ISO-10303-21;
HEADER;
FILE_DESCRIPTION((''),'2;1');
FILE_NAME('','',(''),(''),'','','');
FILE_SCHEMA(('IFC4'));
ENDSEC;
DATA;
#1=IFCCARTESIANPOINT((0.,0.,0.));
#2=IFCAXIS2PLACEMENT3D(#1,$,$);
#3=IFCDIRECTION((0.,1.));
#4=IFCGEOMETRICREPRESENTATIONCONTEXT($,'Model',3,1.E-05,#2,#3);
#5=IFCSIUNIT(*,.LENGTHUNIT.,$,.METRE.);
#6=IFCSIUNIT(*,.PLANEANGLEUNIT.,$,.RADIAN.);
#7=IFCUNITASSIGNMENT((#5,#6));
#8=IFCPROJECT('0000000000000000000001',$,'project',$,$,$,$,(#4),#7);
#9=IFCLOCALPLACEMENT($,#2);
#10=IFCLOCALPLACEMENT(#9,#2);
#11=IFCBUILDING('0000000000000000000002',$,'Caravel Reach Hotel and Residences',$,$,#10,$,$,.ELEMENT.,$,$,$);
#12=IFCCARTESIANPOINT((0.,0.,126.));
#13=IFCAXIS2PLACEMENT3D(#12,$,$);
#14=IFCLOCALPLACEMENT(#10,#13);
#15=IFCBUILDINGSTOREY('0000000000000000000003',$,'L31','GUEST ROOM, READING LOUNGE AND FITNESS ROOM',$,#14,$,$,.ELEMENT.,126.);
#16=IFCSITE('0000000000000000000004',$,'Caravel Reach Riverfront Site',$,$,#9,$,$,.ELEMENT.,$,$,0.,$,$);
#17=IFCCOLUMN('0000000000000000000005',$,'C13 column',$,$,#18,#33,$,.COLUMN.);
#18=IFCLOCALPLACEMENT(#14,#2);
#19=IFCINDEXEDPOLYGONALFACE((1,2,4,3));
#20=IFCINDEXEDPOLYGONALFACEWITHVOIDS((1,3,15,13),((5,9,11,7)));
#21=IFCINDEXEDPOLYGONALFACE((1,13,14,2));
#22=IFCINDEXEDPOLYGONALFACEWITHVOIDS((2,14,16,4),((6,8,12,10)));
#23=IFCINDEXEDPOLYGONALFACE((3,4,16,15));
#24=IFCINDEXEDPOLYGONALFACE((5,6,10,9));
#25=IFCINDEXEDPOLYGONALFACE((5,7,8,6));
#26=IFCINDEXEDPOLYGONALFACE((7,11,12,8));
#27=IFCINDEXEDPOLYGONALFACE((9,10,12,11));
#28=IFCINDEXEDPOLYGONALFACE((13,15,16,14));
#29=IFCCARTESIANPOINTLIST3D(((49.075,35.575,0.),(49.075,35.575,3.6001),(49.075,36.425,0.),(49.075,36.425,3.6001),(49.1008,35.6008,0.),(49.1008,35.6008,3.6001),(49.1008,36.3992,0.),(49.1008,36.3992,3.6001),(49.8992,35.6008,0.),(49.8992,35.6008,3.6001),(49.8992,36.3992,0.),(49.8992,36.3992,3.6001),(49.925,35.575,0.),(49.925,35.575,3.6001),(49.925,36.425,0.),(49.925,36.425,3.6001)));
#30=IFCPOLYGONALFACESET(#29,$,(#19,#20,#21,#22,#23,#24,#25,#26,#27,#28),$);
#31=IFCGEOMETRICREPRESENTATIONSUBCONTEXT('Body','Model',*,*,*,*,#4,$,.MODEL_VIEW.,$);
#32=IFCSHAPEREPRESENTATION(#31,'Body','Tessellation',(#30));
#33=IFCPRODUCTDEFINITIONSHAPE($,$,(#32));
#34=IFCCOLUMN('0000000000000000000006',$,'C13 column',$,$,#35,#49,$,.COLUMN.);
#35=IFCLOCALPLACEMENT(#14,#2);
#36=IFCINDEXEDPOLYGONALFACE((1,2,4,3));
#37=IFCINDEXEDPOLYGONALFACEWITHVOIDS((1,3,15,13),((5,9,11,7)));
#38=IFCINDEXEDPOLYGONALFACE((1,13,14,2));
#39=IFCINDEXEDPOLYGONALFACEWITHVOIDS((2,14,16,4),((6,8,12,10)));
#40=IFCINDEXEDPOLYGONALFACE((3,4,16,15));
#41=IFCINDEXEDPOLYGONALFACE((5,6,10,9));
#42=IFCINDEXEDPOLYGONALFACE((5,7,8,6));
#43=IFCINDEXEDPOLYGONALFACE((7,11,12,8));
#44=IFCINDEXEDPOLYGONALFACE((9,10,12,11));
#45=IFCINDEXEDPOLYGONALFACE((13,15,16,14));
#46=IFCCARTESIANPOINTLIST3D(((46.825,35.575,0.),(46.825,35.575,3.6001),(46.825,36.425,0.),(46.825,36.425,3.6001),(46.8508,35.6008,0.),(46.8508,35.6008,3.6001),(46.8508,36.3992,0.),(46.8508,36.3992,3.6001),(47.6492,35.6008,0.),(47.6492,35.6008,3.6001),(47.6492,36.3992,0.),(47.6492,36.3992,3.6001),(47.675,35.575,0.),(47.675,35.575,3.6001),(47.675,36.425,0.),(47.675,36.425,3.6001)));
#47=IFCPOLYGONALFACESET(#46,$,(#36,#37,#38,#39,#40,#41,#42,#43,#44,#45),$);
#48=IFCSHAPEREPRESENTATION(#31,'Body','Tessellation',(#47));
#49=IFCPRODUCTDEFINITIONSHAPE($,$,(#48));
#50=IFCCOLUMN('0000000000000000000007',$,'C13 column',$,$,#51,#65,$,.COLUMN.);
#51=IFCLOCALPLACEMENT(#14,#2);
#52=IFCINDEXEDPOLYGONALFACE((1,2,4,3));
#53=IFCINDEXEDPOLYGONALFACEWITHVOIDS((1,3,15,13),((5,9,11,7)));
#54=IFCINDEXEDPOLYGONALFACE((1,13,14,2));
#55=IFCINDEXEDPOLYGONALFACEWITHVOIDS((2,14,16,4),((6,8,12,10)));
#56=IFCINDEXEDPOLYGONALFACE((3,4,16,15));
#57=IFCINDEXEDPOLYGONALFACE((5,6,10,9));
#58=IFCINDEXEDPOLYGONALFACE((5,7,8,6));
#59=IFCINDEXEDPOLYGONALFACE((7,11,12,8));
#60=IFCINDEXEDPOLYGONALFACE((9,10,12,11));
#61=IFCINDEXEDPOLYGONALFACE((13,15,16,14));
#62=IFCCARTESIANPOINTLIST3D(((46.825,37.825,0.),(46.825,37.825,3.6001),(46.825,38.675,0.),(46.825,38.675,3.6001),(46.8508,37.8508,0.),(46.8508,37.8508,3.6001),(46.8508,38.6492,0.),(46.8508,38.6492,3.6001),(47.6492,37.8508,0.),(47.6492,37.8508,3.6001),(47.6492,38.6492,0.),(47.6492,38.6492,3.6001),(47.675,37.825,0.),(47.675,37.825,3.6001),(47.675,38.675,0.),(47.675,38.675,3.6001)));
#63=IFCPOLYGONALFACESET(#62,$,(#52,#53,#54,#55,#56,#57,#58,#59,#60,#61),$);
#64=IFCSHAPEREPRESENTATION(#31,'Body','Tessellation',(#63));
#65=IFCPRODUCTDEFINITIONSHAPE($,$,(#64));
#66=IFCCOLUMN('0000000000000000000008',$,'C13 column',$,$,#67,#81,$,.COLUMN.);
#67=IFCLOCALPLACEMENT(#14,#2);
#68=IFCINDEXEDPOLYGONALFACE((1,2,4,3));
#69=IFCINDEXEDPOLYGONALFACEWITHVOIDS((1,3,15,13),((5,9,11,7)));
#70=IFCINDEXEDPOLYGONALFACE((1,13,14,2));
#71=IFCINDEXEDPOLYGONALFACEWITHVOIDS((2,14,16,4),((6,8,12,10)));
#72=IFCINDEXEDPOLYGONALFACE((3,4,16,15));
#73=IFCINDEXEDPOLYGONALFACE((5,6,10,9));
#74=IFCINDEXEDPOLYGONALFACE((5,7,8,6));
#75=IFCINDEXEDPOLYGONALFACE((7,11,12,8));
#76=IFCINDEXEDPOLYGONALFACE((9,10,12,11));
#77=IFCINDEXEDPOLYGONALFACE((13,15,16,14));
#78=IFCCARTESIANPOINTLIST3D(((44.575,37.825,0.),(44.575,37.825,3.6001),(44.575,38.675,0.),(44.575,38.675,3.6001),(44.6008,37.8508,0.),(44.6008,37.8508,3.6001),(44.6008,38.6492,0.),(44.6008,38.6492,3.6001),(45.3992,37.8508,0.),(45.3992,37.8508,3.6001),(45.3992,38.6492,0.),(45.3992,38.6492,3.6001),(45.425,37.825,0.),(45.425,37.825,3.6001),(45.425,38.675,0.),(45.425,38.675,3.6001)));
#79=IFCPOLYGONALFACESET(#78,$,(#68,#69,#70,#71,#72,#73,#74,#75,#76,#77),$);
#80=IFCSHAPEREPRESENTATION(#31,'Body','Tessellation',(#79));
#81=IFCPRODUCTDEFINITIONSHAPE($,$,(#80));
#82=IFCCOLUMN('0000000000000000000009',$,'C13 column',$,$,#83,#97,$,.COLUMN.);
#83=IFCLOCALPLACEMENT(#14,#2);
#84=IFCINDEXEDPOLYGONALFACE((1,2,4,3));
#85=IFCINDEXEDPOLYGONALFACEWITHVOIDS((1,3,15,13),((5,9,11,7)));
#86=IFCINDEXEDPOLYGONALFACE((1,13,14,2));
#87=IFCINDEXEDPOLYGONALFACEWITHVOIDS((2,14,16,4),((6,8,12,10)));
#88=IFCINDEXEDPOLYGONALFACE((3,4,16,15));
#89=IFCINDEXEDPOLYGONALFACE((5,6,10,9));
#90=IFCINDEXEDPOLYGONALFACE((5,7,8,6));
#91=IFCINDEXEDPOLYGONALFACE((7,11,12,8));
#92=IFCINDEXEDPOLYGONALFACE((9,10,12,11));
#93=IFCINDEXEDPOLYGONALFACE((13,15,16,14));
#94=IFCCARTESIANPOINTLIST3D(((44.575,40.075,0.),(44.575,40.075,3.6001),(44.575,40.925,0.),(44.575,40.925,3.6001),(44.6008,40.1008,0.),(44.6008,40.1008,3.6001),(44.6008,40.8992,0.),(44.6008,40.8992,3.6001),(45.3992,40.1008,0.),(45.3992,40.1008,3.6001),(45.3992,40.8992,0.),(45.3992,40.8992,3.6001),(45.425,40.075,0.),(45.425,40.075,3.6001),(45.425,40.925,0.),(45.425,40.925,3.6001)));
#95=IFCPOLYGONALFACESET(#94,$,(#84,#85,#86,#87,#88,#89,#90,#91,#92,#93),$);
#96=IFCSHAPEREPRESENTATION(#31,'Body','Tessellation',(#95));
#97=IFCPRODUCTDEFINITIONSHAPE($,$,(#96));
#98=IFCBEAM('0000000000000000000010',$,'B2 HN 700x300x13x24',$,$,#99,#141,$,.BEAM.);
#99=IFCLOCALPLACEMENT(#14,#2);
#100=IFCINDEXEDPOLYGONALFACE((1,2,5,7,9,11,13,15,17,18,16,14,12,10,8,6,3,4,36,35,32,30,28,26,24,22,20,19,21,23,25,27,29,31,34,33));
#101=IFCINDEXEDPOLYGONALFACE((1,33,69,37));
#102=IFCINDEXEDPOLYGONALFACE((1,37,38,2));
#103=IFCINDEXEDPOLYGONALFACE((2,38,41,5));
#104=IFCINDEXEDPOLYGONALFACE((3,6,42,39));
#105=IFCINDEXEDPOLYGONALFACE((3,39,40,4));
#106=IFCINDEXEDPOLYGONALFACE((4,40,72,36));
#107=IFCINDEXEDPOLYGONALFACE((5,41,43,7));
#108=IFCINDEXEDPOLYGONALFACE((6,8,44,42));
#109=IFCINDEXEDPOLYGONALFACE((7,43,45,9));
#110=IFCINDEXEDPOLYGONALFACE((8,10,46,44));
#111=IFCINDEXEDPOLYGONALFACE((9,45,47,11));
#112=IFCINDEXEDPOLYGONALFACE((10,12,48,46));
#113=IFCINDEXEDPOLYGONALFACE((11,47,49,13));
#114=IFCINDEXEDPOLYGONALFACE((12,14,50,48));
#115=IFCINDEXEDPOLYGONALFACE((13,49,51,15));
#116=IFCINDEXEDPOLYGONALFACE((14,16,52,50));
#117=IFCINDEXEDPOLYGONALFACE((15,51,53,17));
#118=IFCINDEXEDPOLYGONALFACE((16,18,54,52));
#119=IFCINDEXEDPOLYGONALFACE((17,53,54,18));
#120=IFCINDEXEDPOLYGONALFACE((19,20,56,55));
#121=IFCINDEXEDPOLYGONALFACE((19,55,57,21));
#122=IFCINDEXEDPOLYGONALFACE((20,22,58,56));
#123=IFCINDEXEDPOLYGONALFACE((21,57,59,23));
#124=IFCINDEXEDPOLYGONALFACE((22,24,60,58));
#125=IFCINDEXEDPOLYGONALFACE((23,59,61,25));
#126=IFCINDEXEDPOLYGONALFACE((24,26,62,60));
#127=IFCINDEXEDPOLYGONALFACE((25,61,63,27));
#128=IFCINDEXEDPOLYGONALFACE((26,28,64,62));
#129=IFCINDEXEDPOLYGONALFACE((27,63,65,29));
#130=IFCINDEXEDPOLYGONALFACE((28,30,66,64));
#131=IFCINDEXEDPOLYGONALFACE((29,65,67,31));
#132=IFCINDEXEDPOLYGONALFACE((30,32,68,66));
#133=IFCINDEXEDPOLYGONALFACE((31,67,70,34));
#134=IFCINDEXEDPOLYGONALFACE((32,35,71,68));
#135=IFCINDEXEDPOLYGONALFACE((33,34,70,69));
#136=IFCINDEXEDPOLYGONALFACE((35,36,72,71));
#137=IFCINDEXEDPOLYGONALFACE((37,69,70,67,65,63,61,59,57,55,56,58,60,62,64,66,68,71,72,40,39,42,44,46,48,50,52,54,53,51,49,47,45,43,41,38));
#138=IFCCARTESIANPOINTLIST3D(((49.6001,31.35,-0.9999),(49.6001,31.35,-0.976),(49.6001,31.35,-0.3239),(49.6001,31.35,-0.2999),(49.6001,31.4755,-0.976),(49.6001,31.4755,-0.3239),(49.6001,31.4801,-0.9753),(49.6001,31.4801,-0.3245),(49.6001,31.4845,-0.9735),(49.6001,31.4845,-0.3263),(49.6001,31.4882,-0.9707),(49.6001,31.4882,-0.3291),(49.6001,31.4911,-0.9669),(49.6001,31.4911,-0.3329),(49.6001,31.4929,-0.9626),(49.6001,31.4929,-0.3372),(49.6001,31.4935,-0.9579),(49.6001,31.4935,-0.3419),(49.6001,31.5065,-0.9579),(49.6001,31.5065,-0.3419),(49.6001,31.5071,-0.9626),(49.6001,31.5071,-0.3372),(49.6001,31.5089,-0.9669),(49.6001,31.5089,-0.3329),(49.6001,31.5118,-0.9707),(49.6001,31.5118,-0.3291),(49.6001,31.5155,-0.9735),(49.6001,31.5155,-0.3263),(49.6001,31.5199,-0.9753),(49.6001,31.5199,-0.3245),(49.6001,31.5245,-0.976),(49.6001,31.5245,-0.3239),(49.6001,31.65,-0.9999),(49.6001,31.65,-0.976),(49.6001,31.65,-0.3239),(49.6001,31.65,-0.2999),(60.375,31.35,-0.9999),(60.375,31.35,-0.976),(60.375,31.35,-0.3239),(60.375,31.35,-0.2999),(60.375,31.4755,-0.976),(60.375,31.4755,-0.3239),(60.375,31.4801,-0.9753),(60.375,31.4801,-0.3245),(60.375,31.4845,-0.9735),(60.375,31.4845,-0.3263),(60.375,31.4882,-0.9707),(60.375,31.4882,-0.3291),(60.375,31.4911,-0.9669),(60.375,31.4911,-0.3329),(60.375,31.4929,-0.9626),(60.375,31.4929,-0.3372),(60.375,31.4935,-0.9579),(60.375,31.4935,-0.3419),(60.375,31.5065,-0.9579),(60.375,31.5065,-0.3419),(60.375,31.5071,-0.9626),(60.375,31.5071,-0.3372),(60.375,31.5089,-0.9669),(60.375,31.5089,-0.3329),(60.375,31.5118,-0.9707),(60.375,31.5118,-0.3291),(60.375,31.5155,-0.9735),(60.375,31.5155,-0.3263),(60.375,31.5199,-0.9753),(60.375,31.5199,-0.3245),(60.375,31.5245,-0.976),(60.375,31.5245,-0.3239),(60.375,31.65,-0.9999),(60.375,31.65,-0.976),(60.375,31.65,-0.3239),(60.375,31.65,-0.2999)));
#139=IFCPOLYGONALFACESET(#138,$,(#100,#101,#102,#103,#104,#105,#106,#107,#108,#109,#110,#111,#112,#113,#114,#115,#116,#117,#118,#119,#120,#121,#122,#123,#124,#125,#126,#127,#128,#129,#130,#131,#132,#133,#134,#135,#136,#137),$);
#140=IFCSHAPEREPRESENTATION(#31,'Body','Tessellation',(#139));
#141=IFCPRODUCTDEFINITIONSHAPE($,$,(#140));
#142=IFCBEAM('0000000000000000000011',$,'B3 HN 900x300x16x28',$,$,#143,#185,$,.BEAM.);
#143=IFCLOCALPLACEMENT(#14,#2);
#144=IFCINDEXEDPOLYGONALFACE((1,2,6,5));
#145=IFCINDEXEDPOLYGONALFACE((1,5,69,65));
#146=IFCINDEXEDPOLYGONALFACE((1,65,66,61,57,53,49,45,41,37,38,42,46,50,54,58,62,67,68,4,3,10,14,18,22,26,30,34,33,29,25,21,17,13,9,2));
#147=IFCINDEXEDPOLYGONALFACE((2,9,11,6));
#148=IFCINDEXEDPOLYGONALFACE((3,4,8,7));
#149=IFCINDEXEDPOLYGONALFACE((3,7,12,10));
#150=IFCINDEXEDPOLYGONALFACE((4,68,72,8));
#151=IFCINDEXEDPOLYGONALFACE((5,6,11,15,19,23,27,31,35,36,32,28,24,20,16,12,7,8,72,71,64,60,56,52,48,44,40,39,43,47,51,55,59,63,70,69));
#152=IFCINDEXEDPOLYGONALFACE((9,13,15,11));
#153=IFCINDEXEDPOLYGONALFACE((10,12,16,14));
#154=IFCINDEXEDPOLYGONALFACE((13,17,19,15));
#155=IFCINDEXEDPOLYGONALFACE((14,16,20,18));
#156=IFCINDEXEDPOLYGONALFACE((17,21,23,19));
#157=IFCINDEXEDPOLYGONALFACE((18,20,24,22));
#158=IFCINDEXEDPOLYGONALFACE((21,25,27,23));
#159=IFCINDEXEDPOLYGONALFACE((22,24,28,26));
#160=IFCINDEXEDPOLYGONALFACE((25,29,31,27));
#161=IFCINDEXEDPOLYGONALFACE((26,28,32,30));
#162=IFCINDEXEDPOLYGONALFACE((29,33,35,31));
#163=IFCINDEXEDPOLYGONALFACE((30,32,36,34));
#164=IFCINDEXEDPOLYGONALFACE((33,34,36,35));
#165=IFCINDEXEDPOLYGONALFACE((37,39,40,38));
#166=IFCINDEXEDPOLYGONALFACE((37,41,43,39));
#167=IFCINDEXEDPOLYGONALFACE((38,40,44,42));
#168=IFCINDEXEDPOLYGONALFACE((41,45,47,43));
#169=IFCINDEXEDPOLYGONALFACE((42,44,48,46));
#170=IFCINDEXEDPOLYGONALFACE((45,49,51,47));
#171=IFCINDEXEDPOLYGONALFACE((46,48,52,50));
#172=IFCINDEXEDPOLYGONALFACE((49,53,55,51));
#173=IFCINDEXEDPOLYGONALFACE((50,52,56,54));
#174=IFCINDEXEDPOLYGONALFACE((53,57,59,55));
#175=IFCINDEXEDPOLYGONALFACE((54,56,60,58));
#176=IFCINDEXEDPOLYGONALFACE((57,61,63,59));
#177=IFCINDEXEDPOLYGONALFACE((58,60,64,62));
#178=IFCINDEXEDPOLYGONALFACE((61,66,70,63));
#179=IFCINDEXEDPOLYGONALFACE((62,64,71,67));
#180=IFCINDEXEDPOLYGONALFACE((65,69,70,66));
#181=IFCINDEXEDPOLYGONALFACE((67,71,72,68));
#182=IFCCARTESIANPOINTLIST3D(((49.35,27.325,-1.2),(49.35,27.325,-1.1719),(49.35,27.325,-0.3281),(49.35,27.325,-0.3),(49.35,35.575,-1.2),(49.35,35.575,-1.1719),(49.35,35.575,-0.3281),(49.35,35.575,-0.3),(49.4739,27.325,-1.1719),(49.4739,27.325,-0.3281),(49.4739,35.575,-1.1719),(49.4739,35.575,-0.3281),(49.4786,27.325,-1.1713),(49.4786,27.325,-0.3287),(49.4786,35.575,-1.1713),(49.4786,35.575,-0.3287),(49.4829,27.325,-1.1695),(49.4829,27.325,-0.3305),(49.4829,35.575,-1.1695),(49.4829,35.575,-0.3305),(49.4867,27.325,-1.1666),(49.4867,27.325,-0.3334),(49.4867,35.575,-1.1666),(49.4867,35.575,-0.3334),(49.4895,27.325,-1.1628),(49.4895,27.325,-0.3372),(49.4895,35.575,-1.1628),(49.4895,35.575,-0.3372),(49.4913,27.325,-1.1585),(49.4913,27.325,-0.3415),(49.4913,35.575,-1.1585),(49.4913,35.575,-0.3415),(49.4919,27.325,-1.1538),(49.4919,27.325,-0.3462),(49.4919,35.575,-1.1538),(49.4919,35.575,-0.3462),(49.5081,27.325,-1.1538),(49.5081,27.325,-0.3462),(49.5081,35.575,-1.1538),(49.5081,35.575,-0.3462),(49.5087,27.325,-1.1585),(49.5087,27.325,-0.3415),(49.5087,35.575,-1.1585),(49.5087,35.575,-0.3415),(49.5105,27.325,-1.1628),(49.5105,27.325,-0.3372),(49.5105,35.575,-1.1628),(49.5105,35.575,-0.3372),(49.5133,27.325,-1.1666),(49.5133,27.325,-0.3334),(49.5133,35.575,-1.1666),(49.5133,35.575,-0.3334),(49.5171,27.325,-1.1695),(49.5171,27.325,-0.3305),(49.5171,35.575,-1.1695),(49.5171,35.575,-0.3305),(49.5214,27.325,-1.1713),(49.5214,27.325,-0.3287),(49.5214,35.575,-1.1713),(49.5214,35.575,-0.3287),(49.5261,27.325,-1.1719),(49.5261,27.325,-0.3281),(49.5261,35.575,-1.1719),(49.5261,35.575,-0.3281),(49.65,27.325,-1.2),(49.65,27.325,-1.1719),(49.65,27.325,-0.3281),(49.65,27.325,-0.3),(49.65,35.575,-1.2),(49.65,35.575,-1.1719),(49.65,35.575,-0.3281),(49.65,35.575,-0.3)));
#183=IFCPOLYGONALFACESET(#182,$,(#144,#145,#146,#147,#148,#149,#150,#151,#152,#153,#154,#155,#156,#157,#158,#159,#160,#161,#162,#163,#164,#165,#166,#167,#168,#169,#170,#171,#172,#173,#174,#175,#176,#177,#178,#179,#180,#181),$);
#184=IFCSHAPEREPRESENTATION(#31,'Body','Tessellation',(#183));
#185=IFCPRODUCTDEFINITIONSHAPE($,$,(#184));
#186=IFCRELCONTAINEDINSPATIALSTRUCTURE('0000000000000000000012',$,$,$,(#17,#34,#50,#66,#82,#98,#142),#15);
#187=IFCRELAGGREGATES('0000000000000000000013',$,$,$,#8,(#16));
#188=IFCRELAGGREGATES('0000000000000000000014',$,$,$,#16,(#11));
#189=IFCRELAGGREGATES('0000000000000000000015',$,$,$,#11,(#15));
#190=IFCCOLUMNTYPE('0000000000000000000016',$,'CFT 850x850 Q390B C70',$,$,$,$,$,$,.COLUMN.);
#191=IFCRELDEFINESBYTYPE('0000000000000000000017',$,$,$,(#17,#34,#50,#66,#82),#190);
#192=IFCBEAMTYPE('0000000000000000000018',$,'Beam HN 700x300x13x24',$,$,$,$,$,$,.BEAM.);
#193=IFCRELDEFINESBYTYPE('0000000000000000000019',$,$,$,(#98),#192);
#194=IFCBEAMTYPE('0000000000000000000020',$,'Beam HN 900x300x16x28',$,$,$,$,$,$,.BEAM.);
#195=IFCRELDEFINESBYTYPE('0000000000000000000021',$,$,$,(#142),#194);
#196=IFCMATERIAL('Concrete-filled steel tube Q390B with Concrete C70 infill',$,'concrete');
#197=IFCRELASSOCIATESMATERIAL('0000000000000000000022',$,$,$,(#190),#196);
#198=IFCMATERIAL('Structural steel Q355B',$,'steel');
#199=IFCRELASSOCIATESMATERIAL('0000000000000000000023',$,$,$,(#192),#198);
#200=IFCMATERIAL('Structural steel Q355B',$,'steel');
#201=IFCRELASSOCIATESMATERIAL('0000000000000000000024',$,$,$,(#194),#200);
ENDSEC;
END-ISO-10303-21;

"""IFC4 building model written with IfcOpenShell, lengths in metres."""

from ifc_helpers import new_model, si_unit, direction, frame, origin, origin_2d, place, context, subcontext, project, spatial, hollow_rectangle, i_section, extrude, material, material_profile, profile_set, type_object, element, save


model = new_model("IFC4")

# Units and contexts
model_context = context("Model", 3, precision=1e-05, world=origin(), true_north=direction((0.0, 1.0)))
body_context = subcontext(model_context, "Body", "Model", "MODEL_VIEW")
ifc_project = project(units=[si_unit("LENGTHUNIT", "METRE"), si_unit("PLANEANGLEUNIT", "RADIAN")], contexts=[model_context])

# Site, building, storey
site_placement = place(None, origin())
site = spatial("IfcSite", under=ifc_project, at=site_placement, Name="Caravel Reach Riverfront Site", CompositionType="ELEMENT", RefElevation=0.0)
building_placement = place(site_placement, origin())
building = spatial("IfcBuilding", under=site, at=building_placement, Name="Caravel Reach Hotel and Residences", CompositionType="ELEMENT")
storey_placement = place(building_placement, frame((0.0, 0.0, 126.0)))
storey = spatial("IfcBuildingStorey", under=building, at=storey_placement, Name="L31", Description="GUEST ROOM, READING LOUNGE AND FITNESS ROOM", CompositionType="ELEMENT", Elevation=126.0)

# Columns
ifc_material_1 = material(Name="Concrete-filled steel tube Q390B with Concrete C70 infill", Category="concrete")
ifc_material_profile_1 = material_profile(ifc_material_1, hollow_rectangle(XDim=0.8501, YDim=0.8501, WallThickness=0.0259, at=origin_2d()), Name="RHS 850x850x26")
ifc_profile_set_1 = profile_set([ifc_material_profile_1], Name="Concrete-filled steel tube Q390B with Concrete C70 infill")
column_type = type_object("IfcColumnType", Name="CFT 850x850 Q390B C70", PredefinedType="COLUMN", material=ifc_profile_set_1)
for number, where, z_axis, x_axis, name in (
    (1, (49.5, 36.0, 0.0), (0.0, 0.0, 1.0), (1.0, 0.0, 0.0), "C13 column"),
    (2, (47.25, 36.0, 0.0), (0.0, 0.0, 1.0), (1.0, 0.0, 0.0), "C13 column"),
    (3, (47.25, 38.25, 0.0), (0.0, 0.0, 1.0), (1.0, 0.0, 0.0), "C13 column"),
    (4, (45.0, 38.25, 0.0), (0.0, 0.0, 1.0), (1.0, 0.0, 0.0), "C13 column"),
    (5, (45.0, 40.5, 0.0), (0.0, 0.0, 1.0), (1.0, 0.0, 0.0), "C13 column"),
):
    element("IfcColumn", number, at=place(storey_placement, frame(where, z_axis=z_axis, x_axis=x_axis)), inside=storey, type_object=column_type, Name=name, PredefinedType="COLUMN", context=body_context, shape_type="SweptSolid", body=[
        extrude(hollow_rectangle(XDim=0.8501, YDim=0.8501, WallThickness=0.0259, at=origin_2d()), origin(), (0.0, 0.0, 1.0), 3.6001),
    ])

# Beams
ifc_material_2 = material(Name="Structural steel Q355B", Category="steel")
ifc_material_profile_2 = material_profile(ifc_material_2, i_section(OverallWidth=0.3, OverallDepth=0.7, WebThickness=0.0129, FlangeThickness=0.0239, FilletRadius=0.0181, at=origin_2d()), Name="HN 700x300x13x24")
ifc_profile_set_2 = profile_set([ifc_material_profile_2], Name="Structural steel Q355B")
beam_type_1 = type_object("IfcBeamType", Name="Beam HN 700x300x13x24", PredefinedType="BEAM", material=ifc_profile_set_2)
beam_1_placement = place(storey_placement, frame((49.6001, 31.5, -0.6499), z_axis=(1.0, 0.0, 0.0), x_axis=(0.0, 1.0, 0.0)))
element("IfcBeam", 6, at=beam_1_placement, inside=storey, type_object=beam_type_1, Name="B2 HN 700x300x13x24", PredefinedType="BEAM", context=body_context, shape_type="SweptSolid", body=[
    extrude(i_section(OverallWidth=0.3, OverallDepth=0.7, WebThickness=0.0129, FlangeThickness=0.0239, FilletRadius=0.0181, at=origin_2d()), origin(), (0.0, 0.0, 1.0), 10.7749),
])
ifc_material_3 = material(Name="Structural steel Q355B", Category="steel")
ifc_material_profile_3 = material_profile(ifc_material_3, i_section(OverallWidth=0.3, OverallDepth=0.8999, WebThickness=0.0161, FlangeThickness=0.0281, FilletRadius=0.0181, at=origin_2d()), Name="HN 900x300x16x28")
ifc_profile_set_3 = profile_set([ifc_material_profile_3], Name="Structural steel Q355B")
beam_type_2 = type_object("IfcBeamType", Name="Beam HN 900x300x16x28", PredefinedType="BEAM", material=ifc_profile_set_3)
beam_2_placement = place(storey_placement, frame((49.5, 27.325, -0.75), z_axis=(0.0, 1.0, 0.0), x_axis=(-1.0, 0.0, 0.0)))
element("IfcBeam", 7, at=beam_2_placement, inside=storey, type_object=beam_type_2, Name="B3 HN 900x300x16x28", PredefinedType="BEAM", context=body_context, shape_type="SweptSolid", body=[
    extrude(i_section(OverallWidth=0.3, OverallDepth=0.8999, WebThickness=0.0161, FlangeThickness=0.0281, FilletRadius=0.0181, at=origin_2d()), origin(), (0.0, 0.0, 1.0), 8.25),
])

save(model, "model.ifc")
